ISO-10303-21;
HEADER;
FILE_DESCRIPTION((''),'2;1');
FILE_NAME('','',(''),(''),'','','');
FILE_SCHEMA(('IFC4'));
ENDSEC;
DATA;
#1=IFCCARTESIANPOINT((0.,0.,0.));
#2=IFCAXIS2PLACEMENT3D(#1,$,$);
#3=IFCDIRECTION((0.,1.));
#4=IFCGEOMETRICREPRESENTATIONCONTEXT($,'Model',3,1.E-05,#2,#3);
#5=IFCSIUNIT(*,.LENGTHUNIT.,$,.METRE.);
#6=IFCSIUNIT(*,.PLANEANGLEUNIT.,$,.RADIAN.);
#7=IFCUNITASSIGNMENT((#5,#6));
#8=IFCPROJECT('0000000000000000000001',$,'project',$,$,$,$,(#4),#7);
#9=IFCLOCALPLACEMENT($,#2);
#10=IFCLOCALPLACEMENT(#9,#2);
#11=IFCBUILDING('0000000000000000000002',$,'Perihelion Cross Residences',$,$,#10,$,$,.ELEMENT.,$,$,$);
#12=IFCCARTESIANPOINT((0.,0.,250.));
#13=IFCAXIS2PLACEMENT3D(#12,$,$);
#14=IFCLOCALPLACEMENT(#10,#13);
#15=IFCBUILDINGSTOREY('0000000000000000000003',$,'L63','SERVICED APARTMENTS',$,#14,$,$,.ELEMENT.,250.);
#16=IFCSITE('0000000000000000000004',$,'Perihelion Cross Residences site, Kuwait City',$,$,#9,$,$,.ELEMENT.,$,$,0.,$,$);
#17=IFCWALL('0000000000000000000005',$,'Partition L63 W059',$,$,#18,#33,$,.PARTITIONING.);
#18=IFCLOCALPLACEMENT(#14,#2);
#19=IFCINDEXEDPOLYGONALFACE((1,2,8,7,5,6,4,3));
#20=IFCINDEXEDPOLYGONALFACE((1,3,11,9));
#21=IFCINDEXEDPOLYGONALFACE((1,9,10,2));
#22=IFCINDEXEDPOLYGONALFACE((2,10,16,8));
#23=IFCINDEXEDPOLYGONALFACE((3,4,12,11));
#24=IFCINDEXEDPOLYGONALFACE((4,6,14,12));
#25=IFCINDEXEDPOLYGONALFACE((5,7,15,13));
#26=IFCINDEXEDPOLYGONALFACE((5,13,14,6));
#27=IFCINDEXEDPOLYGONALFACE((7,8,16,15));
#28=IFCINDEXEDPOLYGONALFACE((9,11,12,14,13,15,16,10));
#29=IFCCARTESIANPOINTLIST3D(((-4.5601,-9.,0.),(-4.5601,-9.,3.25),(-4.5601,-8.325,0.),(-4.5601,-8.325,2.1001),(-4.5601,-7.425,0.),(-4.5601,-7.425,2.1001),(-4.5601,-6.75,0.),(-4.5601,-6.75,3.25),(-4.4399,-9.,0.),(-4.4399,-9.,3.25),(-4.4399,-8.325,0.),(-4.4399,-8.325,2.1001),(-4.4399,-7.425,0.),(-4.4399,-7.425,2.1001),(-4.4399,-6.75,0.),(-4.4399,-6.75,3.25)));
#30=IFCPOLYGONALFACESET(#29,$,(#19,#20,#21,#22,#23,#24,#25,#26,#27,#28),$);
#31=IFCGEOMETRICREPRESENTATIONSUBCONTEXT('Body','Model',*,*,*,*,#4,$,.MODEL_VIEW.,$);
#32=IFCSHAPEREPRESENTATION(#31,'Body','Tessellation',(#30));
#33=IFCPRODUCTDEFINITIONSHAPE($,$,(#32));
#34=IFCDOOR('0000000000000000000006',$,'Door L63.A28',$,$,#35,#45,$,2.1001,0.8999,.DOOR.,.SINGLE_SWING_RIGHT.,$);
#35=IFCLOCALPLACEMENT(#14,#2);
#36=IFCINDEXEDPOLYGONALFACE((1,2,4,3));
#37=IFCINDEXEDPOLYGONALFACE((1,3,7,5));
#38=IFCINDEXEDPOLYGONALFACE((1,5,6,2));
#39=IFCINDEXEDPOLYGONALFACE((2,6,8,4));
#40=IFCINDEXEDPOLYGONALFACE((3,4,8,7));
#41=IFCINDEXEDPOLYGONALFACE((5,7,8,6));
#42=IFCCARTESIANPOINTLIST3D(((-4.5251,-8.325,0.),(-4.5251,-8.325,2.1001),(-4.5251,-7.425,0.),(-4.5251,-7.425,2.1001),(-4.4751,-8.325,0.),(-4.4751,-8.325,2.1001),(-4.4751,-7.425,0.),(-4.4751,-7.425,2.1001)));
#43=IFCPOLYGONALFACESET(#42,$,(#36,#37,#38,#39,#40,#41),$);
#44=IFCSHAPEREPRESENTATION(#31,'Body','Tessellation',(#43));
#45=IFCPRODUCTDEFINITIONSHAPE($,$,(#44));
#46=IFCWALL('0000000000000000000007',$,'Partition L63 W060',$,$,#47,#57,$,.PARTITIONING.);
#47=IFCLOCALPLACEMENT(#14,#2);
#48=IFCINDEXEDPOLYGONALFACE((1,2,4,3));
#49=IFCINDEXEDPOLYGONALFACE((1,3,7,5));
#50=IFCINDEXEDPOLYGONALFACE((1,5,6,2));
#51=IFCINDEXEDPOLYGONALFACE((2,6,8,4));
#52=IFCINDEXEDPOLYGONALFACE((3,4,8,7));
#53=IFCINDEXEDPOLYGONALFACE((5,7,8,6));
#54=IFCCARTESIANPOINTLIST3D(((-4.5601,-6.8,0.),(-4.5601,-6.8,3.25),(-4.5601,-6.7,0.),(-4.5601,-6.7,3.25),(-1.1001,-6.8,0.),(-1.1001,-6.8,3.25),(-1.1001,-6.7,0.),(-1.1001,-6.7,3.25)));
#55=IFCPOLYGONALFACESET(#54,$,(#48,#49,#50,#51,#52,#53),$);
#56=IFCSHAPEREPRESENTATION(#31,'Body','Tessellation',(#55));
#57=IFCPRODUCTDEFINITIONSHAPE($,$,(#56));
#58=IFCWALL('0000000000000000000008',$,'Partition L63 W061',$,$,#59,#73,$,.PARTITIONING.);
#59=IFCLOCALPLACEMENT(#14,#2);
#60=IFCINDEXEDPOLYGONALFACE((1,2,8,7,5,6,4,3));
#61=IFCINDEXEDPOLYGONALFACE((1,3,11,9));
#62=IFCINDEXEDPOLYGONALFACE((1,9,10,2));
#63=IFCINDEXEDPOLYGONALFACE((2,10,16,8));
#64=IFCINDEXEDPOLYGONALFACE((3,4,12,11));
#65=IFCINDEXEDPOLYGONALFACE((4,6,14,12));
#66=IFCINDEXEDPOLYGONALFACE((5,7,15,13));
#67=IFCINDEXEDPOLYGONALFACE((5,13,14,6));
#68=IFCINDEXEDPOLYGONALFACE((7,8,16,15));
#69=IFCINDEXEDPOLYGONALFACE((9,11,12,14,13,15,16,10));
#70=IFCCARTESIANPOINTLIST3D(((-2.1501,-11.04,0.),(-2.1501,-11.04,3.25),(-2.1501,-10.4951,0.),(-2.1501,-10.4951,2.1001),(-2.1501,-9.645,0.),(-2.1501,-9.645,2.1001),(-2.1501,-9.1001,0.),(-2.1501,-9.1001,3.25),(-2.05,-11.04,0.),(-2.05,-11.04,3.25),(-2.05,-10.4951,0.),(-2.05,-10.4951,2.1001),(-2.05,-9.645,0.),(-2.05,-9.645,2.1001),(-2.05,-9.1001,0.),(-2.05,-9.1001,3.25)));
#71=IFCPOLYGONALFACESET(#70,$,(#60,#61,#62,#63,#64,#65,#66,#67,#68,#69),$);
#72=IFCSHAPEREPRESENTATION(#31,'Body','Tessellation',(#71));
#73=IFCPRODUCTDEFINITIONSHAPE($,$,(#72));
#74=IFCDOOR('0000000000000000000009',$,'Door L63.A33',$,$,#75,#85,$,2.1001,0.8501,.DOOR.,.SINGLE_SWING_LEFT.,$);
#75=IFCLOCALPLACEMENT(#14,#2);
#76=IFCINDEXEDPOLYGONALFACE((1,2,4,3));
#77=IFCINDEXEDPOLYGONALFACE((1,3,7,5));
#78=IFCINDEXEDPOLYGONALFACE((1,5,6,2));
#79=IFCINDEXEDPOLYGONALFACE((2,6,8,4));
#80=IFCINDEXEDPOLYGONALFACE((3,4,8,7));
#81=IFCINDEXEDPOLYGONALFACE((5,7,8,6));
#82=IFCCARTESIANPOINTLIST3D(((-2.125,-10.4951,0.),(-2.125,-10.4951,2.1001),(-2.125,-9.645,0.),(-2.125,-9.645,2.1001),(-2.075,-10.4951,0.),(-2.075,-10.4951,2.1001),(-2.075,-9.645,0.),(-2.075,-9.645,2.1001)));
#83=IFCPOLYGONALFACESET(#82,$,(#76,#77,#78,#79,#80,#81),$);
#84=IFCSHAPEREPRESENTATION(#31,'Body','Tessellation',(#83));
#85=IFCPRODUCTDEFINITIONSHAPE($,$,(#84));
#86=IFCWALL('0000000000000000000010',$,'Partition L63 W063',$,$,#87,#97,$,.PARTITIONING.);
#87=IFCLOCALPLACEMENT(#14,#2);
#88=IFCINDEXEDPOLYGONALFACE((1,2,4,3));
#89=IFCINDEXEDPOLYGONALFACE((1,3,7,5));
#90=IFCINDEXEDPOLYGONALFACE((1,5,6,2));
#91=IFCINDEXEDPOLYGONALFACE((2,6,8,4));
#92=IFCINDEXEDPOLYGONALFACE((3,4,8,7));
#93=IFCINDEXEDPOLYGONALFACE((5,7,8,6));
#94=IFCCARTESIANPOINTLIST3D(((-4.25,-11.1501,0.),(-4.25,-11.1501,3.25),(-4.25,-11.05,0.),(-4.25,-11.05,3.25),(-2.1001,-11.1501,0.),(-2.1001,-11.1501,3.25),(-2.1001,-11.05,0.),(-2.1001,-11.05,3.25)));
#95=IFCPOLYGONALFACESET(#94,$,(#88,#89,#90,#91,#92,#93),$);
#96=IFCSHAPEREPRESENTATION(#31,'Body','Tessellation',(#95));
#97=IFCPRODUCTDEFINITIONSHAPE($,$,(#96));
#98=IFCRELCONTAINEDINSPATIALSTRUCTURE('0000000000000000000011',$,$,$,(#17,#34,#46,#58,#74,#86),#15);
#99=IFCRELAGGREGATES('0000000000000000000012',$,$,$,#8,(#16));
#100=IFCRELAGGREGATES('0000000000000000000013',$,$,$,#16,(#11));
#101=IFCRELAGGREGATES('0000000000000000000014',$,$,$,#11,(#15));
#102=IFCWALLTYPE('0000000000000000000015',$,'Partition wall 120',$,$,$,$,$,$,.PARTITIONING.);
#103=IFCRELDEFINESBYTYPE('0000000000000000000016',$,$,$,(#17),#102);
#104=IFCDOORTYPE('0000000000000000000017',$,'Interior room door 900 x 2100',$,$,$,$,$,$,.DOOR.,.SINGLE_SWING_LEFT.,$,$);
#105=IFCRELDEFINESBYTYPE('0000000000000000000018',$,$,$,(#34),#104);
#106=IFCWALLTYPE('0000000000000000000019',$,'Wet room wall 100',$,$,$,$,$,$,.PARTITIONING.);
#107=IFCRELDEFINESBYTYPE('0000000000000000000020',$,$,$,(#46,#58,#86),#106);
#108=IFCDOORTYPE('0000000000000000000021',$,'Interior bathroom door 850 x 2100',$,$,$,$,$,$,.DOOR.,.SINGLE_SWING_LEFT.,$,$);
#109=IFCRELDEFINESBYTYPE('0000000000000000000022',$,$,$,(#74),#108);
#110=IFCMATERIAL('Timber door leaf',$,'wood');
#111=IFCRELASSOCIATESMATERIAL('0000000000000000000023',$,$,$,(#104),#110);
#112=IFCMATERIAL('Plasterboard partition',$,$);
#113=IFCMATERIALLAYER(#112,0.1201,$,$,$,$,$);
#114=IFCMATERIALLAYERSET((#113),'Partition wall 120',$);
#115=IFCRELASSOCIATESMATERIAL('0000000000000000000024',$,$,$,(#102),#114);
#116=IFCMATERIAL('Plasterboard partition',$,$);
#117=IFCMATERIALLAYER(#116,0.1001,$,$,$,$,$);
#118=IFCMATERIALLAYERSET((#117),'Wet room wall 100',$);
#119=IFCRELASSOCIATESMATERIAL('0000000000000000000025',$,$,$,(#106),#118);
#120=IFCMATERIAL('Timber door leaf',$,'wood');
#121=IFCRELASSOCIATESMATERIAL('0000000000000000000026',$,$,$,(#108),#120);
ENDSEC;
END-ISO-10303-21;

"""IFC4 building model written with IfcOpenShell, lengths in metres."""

from ifc_helpers import new_model, si_unit, direction, frame, frame_2d, origin, place, context, subcontext, project, spatial, rectangle, extrude, material, layer, layer_set, type_object, element, fill, save


model = new_model("IFC4")

# Units and contexts
model_context = context("Model", 3, precision=1e-05, world=origin(), true_north=direction((0.0, 1.0)))
body_context = subcontext(model_context, "Body", "Model", "MODEL_VIEW")
ifc_project = project(units=[si_unit("LENGTHUNIT", "METRE"), si_unit("PLANEANGLEUNIT", "RADIAN")], contexts=[model_context])

# Site, building, storey
site_placement = place(None, origin())
site = spatial("IfcSite", under=ifc_project, at=site_placement, Name="Perihelion Cross Residences site, Kuwait City", CompositionType="ELEMENT", RefElevation=0.0)
building_placement = place(site_placement, origin())
building = spatial("IfcBuilding", under=site, at=building_placement, Name="Perihelion Cross Residences", CompositionType="ELEMENT")
storey_placement = place(building_placement, frame((0.0, 0.0, 250.0)))
storey = spatial("IfcBuildingStorey", under=building, at=storey_placement, Name="L63", Description="SERVICED APARTMENTS", CompositionType="ELEMENT", Elevation=250.0)

# Shared definitions
ifc_material_1 = material(Name="Timber door leaf", Category="wood")
door_type_1 = type_object("IfcDoorType", Name="Interior room door 900 x 2100", OperationType="SINGLE_SWING_LEFT", PredefinedType="DOOR", material=ifc_material_1)

# Shared definitions
ifc_material_2 = material(Name="Plasterboard partition")
ifc_layer_1 = layer(ifc_material_2, 0.1201)
ifc_layer_set_1 = layer_set([ifc_layer_1], Name="Partition wall 120")
wall_type_1 = type_object("IfcWallType", Name="Partition wall 120", PredefinedType="PARTITIONING", material=ifc_layer_set_1)

# Wall, opening, door
wall_1_placement = place(storey_placement, frame((-4.5, -6.75, 0.0), z_axis=(0.0, 0.0, 1.0), x_axis=(0.0, -1.0, 0.0)))
wall_1 = element("IfcWall", 1, at=wall_1_placement, inside=storey, type_object=wall_type_1, Name="Partition L63 W059", PredefinedType="PARTITIONING", context=body_context, shape_type="SweptSolid", body=[
    extrude(rectangle(XDim=2.25, YDim=0.1201, at=frame_2d((1.125, 0.0))), origin(), (0.0, 0.0, 1.0), 3.25),
])
opening_1_placement = place(wall_1_placement, frame((0.675, 0.0, 0.0)))
opening_1 = element("IfcOpeningElement", 2, at=opening_1_placement, cuts=wall_1, PredefinedType="OPENING", context=body_context, shape_type="SweptSolid", body=[
    extrude(rectangle(XDim=0.8999, YDim=2.1001, at=frame_2d((0.45, 1.05))), frame((0.0, 0.0701, 0.0), z_axis=(0.0, -1.0, 0.0), x_axis=(1.0, 0.0, 0.0)), (0.0, 0.0, 1.0), 0.1401),
])
door_1_placement = place(opening_1_placement, origin())
door_1 = element("IfcDoor", 3, at=door_1_placement, inside=storey, type_object=door_type_1, Name="Door L63.A28", OperationType="SINGLE_SWING_RIGHT", OverallHeight=2.1001, OverallWidth=0.8999, PredefinedType="DOOR", context=body_context, shape_type="SweptSolid", body=[
    extrude(rectangle(XDim=0.8999, YDim=2.1001, at=frame_2d((0.45, 1.05))), frame((0.0, 0.0249, 0.0), z_axis=(0.0, -1.0, 0.0), x_axis=(1.0, 0.0, 0.0)), (0.0, 0.0, 1.0), 0.05),
])
fill(opening_1, door_1)

# Wall
ifc_material_3 = material(Name="Plasterboard partition")
ifc_layer_2 = layer(ifc_material_3, 0.1001)
ifc_layer_set_2 = layer_set([ifc_layer_2], Name="Wet room wall 100")
wall_type_2 = type_object("IfcWallType", Name="Wet room wall 100", PredefinedType="PARTITIONING", material=ifc_layer_set_2)
wall_2_placement = place(storey_placement, frame((-1.1001, -6.75, 0.0), z_axis=(0.0, 0.0, 1.0), x_axis=(-1.0, 0.0, 0.0)))
element("IfcWall", 4, at=wall_2_placement, inside=storey, type_object=wall_type_2, Name="Partition L63 W060", PredefinedType="PARTITIONING", context=body_context, shape_type="SweptSolid", body=[
    extrude(rectangle(XDim=3.46, YDim=0.1001, at=frame_2d((1.73, 0.0))), origin(), (0.0, 0.0, 1.0), 3.25),
])

# Wall, opening, door
wall_3_placement = place(storey_placement, frame((-2.1001, -11.04, 0.0), z_axis=(0.0, 0.0, 1.0), x_axis=(0.0, 1.0, 0.0)))
wall_3 = element("IfcWall", 5, at=wall_3_placement, inside=storey, type_object=wall_type_2, Name="Partition L63 W061", PredefinedType="PARTITIONING", context=body_context, shape_type="SweptSolid", body=[
    extrude(rectangle(XDim=1.9399, YDim=0.1001, at=frame_2d((0.97, 0.0))), origin(), (0.0, 0.0, 1.0), 3.25),
])
opening_2_placement = place(wall_3_placement, frame((0.5449, 0.0, 0.0)))
opening_2 = element("IfcOpeningElement", 6, at=opening_2_placement, cuts=wall_3, PredefinedType="OPENING", context=body_context, shape_type="SweptSolid", body=[
    extrude(rectangle(XDim=0.8501, YDim=2.1001, at=frame_2d((0.425, 1.05))), frame((0.0, 0.0601, 0.0), z_axis=(0.0, -1.0, 0.0), x_axis=(1.0, 0.0, 0.0)), (0.0, 0.0, 1.0), 0.1201),
])
ifc_material_4 = material(Name="Timber door leaf", Category="wood")
door_type_2 = type_object("IfcDoorType", Name="Interior bathroom door 850 x 2100", OperationType="SINGLE_SWING_LEFT", PredefinedType="DOOR", material=ifc_material_4)
door_2_placement = place(opening_2_placement, origin())
door_2 = element("IfcDoor", 7, at=door_2_placement, inside=storey, type_object=door_type_2, Name="Door L63.A33", OperationType="SINGLE_SWING_LEFT", OverallHeight=2.1001, OverallWidth=0.8501, PredefinedType="DOOR", context=body_context, shape_type="SweptSolid", body=[
    extrude(rectangle(XDim=0.8501, YDim=2.1001, at=frame_2d((0.425, 1.05))), frame((0.0, 0.0249, 0.0), z_axis=(0.0, -1.0, 0.0), x_axis=(1.0, 0.0, 0.0)), (0.0, 0.0, 1.0), 0.05),
])
fill(opening_2, door_2)

# Wall
wall_4_placement = place(storey_placement, frame((-2.1001, -11.1001, 0.0), z_axis=(0.0, 0.0, 1.0), x_axis=(-1.0, 0.0, 0.0)))
element("IfcWall", 8, at=wall_4_placement, inside=storey, type_object=wall_type_2, Name="Partition L63 W063", PredefinedType="PARTITIONING", context=body_context, shape_type="SweptSolid", body=[
    extrude(rectangle(XDim=2.1499, YDim=0.1001, at=frame_2d((1.075, 0.0))), origin(), (0.0, 0.0, 1.0), 3.25),
])

save(model, "model.ifc")
